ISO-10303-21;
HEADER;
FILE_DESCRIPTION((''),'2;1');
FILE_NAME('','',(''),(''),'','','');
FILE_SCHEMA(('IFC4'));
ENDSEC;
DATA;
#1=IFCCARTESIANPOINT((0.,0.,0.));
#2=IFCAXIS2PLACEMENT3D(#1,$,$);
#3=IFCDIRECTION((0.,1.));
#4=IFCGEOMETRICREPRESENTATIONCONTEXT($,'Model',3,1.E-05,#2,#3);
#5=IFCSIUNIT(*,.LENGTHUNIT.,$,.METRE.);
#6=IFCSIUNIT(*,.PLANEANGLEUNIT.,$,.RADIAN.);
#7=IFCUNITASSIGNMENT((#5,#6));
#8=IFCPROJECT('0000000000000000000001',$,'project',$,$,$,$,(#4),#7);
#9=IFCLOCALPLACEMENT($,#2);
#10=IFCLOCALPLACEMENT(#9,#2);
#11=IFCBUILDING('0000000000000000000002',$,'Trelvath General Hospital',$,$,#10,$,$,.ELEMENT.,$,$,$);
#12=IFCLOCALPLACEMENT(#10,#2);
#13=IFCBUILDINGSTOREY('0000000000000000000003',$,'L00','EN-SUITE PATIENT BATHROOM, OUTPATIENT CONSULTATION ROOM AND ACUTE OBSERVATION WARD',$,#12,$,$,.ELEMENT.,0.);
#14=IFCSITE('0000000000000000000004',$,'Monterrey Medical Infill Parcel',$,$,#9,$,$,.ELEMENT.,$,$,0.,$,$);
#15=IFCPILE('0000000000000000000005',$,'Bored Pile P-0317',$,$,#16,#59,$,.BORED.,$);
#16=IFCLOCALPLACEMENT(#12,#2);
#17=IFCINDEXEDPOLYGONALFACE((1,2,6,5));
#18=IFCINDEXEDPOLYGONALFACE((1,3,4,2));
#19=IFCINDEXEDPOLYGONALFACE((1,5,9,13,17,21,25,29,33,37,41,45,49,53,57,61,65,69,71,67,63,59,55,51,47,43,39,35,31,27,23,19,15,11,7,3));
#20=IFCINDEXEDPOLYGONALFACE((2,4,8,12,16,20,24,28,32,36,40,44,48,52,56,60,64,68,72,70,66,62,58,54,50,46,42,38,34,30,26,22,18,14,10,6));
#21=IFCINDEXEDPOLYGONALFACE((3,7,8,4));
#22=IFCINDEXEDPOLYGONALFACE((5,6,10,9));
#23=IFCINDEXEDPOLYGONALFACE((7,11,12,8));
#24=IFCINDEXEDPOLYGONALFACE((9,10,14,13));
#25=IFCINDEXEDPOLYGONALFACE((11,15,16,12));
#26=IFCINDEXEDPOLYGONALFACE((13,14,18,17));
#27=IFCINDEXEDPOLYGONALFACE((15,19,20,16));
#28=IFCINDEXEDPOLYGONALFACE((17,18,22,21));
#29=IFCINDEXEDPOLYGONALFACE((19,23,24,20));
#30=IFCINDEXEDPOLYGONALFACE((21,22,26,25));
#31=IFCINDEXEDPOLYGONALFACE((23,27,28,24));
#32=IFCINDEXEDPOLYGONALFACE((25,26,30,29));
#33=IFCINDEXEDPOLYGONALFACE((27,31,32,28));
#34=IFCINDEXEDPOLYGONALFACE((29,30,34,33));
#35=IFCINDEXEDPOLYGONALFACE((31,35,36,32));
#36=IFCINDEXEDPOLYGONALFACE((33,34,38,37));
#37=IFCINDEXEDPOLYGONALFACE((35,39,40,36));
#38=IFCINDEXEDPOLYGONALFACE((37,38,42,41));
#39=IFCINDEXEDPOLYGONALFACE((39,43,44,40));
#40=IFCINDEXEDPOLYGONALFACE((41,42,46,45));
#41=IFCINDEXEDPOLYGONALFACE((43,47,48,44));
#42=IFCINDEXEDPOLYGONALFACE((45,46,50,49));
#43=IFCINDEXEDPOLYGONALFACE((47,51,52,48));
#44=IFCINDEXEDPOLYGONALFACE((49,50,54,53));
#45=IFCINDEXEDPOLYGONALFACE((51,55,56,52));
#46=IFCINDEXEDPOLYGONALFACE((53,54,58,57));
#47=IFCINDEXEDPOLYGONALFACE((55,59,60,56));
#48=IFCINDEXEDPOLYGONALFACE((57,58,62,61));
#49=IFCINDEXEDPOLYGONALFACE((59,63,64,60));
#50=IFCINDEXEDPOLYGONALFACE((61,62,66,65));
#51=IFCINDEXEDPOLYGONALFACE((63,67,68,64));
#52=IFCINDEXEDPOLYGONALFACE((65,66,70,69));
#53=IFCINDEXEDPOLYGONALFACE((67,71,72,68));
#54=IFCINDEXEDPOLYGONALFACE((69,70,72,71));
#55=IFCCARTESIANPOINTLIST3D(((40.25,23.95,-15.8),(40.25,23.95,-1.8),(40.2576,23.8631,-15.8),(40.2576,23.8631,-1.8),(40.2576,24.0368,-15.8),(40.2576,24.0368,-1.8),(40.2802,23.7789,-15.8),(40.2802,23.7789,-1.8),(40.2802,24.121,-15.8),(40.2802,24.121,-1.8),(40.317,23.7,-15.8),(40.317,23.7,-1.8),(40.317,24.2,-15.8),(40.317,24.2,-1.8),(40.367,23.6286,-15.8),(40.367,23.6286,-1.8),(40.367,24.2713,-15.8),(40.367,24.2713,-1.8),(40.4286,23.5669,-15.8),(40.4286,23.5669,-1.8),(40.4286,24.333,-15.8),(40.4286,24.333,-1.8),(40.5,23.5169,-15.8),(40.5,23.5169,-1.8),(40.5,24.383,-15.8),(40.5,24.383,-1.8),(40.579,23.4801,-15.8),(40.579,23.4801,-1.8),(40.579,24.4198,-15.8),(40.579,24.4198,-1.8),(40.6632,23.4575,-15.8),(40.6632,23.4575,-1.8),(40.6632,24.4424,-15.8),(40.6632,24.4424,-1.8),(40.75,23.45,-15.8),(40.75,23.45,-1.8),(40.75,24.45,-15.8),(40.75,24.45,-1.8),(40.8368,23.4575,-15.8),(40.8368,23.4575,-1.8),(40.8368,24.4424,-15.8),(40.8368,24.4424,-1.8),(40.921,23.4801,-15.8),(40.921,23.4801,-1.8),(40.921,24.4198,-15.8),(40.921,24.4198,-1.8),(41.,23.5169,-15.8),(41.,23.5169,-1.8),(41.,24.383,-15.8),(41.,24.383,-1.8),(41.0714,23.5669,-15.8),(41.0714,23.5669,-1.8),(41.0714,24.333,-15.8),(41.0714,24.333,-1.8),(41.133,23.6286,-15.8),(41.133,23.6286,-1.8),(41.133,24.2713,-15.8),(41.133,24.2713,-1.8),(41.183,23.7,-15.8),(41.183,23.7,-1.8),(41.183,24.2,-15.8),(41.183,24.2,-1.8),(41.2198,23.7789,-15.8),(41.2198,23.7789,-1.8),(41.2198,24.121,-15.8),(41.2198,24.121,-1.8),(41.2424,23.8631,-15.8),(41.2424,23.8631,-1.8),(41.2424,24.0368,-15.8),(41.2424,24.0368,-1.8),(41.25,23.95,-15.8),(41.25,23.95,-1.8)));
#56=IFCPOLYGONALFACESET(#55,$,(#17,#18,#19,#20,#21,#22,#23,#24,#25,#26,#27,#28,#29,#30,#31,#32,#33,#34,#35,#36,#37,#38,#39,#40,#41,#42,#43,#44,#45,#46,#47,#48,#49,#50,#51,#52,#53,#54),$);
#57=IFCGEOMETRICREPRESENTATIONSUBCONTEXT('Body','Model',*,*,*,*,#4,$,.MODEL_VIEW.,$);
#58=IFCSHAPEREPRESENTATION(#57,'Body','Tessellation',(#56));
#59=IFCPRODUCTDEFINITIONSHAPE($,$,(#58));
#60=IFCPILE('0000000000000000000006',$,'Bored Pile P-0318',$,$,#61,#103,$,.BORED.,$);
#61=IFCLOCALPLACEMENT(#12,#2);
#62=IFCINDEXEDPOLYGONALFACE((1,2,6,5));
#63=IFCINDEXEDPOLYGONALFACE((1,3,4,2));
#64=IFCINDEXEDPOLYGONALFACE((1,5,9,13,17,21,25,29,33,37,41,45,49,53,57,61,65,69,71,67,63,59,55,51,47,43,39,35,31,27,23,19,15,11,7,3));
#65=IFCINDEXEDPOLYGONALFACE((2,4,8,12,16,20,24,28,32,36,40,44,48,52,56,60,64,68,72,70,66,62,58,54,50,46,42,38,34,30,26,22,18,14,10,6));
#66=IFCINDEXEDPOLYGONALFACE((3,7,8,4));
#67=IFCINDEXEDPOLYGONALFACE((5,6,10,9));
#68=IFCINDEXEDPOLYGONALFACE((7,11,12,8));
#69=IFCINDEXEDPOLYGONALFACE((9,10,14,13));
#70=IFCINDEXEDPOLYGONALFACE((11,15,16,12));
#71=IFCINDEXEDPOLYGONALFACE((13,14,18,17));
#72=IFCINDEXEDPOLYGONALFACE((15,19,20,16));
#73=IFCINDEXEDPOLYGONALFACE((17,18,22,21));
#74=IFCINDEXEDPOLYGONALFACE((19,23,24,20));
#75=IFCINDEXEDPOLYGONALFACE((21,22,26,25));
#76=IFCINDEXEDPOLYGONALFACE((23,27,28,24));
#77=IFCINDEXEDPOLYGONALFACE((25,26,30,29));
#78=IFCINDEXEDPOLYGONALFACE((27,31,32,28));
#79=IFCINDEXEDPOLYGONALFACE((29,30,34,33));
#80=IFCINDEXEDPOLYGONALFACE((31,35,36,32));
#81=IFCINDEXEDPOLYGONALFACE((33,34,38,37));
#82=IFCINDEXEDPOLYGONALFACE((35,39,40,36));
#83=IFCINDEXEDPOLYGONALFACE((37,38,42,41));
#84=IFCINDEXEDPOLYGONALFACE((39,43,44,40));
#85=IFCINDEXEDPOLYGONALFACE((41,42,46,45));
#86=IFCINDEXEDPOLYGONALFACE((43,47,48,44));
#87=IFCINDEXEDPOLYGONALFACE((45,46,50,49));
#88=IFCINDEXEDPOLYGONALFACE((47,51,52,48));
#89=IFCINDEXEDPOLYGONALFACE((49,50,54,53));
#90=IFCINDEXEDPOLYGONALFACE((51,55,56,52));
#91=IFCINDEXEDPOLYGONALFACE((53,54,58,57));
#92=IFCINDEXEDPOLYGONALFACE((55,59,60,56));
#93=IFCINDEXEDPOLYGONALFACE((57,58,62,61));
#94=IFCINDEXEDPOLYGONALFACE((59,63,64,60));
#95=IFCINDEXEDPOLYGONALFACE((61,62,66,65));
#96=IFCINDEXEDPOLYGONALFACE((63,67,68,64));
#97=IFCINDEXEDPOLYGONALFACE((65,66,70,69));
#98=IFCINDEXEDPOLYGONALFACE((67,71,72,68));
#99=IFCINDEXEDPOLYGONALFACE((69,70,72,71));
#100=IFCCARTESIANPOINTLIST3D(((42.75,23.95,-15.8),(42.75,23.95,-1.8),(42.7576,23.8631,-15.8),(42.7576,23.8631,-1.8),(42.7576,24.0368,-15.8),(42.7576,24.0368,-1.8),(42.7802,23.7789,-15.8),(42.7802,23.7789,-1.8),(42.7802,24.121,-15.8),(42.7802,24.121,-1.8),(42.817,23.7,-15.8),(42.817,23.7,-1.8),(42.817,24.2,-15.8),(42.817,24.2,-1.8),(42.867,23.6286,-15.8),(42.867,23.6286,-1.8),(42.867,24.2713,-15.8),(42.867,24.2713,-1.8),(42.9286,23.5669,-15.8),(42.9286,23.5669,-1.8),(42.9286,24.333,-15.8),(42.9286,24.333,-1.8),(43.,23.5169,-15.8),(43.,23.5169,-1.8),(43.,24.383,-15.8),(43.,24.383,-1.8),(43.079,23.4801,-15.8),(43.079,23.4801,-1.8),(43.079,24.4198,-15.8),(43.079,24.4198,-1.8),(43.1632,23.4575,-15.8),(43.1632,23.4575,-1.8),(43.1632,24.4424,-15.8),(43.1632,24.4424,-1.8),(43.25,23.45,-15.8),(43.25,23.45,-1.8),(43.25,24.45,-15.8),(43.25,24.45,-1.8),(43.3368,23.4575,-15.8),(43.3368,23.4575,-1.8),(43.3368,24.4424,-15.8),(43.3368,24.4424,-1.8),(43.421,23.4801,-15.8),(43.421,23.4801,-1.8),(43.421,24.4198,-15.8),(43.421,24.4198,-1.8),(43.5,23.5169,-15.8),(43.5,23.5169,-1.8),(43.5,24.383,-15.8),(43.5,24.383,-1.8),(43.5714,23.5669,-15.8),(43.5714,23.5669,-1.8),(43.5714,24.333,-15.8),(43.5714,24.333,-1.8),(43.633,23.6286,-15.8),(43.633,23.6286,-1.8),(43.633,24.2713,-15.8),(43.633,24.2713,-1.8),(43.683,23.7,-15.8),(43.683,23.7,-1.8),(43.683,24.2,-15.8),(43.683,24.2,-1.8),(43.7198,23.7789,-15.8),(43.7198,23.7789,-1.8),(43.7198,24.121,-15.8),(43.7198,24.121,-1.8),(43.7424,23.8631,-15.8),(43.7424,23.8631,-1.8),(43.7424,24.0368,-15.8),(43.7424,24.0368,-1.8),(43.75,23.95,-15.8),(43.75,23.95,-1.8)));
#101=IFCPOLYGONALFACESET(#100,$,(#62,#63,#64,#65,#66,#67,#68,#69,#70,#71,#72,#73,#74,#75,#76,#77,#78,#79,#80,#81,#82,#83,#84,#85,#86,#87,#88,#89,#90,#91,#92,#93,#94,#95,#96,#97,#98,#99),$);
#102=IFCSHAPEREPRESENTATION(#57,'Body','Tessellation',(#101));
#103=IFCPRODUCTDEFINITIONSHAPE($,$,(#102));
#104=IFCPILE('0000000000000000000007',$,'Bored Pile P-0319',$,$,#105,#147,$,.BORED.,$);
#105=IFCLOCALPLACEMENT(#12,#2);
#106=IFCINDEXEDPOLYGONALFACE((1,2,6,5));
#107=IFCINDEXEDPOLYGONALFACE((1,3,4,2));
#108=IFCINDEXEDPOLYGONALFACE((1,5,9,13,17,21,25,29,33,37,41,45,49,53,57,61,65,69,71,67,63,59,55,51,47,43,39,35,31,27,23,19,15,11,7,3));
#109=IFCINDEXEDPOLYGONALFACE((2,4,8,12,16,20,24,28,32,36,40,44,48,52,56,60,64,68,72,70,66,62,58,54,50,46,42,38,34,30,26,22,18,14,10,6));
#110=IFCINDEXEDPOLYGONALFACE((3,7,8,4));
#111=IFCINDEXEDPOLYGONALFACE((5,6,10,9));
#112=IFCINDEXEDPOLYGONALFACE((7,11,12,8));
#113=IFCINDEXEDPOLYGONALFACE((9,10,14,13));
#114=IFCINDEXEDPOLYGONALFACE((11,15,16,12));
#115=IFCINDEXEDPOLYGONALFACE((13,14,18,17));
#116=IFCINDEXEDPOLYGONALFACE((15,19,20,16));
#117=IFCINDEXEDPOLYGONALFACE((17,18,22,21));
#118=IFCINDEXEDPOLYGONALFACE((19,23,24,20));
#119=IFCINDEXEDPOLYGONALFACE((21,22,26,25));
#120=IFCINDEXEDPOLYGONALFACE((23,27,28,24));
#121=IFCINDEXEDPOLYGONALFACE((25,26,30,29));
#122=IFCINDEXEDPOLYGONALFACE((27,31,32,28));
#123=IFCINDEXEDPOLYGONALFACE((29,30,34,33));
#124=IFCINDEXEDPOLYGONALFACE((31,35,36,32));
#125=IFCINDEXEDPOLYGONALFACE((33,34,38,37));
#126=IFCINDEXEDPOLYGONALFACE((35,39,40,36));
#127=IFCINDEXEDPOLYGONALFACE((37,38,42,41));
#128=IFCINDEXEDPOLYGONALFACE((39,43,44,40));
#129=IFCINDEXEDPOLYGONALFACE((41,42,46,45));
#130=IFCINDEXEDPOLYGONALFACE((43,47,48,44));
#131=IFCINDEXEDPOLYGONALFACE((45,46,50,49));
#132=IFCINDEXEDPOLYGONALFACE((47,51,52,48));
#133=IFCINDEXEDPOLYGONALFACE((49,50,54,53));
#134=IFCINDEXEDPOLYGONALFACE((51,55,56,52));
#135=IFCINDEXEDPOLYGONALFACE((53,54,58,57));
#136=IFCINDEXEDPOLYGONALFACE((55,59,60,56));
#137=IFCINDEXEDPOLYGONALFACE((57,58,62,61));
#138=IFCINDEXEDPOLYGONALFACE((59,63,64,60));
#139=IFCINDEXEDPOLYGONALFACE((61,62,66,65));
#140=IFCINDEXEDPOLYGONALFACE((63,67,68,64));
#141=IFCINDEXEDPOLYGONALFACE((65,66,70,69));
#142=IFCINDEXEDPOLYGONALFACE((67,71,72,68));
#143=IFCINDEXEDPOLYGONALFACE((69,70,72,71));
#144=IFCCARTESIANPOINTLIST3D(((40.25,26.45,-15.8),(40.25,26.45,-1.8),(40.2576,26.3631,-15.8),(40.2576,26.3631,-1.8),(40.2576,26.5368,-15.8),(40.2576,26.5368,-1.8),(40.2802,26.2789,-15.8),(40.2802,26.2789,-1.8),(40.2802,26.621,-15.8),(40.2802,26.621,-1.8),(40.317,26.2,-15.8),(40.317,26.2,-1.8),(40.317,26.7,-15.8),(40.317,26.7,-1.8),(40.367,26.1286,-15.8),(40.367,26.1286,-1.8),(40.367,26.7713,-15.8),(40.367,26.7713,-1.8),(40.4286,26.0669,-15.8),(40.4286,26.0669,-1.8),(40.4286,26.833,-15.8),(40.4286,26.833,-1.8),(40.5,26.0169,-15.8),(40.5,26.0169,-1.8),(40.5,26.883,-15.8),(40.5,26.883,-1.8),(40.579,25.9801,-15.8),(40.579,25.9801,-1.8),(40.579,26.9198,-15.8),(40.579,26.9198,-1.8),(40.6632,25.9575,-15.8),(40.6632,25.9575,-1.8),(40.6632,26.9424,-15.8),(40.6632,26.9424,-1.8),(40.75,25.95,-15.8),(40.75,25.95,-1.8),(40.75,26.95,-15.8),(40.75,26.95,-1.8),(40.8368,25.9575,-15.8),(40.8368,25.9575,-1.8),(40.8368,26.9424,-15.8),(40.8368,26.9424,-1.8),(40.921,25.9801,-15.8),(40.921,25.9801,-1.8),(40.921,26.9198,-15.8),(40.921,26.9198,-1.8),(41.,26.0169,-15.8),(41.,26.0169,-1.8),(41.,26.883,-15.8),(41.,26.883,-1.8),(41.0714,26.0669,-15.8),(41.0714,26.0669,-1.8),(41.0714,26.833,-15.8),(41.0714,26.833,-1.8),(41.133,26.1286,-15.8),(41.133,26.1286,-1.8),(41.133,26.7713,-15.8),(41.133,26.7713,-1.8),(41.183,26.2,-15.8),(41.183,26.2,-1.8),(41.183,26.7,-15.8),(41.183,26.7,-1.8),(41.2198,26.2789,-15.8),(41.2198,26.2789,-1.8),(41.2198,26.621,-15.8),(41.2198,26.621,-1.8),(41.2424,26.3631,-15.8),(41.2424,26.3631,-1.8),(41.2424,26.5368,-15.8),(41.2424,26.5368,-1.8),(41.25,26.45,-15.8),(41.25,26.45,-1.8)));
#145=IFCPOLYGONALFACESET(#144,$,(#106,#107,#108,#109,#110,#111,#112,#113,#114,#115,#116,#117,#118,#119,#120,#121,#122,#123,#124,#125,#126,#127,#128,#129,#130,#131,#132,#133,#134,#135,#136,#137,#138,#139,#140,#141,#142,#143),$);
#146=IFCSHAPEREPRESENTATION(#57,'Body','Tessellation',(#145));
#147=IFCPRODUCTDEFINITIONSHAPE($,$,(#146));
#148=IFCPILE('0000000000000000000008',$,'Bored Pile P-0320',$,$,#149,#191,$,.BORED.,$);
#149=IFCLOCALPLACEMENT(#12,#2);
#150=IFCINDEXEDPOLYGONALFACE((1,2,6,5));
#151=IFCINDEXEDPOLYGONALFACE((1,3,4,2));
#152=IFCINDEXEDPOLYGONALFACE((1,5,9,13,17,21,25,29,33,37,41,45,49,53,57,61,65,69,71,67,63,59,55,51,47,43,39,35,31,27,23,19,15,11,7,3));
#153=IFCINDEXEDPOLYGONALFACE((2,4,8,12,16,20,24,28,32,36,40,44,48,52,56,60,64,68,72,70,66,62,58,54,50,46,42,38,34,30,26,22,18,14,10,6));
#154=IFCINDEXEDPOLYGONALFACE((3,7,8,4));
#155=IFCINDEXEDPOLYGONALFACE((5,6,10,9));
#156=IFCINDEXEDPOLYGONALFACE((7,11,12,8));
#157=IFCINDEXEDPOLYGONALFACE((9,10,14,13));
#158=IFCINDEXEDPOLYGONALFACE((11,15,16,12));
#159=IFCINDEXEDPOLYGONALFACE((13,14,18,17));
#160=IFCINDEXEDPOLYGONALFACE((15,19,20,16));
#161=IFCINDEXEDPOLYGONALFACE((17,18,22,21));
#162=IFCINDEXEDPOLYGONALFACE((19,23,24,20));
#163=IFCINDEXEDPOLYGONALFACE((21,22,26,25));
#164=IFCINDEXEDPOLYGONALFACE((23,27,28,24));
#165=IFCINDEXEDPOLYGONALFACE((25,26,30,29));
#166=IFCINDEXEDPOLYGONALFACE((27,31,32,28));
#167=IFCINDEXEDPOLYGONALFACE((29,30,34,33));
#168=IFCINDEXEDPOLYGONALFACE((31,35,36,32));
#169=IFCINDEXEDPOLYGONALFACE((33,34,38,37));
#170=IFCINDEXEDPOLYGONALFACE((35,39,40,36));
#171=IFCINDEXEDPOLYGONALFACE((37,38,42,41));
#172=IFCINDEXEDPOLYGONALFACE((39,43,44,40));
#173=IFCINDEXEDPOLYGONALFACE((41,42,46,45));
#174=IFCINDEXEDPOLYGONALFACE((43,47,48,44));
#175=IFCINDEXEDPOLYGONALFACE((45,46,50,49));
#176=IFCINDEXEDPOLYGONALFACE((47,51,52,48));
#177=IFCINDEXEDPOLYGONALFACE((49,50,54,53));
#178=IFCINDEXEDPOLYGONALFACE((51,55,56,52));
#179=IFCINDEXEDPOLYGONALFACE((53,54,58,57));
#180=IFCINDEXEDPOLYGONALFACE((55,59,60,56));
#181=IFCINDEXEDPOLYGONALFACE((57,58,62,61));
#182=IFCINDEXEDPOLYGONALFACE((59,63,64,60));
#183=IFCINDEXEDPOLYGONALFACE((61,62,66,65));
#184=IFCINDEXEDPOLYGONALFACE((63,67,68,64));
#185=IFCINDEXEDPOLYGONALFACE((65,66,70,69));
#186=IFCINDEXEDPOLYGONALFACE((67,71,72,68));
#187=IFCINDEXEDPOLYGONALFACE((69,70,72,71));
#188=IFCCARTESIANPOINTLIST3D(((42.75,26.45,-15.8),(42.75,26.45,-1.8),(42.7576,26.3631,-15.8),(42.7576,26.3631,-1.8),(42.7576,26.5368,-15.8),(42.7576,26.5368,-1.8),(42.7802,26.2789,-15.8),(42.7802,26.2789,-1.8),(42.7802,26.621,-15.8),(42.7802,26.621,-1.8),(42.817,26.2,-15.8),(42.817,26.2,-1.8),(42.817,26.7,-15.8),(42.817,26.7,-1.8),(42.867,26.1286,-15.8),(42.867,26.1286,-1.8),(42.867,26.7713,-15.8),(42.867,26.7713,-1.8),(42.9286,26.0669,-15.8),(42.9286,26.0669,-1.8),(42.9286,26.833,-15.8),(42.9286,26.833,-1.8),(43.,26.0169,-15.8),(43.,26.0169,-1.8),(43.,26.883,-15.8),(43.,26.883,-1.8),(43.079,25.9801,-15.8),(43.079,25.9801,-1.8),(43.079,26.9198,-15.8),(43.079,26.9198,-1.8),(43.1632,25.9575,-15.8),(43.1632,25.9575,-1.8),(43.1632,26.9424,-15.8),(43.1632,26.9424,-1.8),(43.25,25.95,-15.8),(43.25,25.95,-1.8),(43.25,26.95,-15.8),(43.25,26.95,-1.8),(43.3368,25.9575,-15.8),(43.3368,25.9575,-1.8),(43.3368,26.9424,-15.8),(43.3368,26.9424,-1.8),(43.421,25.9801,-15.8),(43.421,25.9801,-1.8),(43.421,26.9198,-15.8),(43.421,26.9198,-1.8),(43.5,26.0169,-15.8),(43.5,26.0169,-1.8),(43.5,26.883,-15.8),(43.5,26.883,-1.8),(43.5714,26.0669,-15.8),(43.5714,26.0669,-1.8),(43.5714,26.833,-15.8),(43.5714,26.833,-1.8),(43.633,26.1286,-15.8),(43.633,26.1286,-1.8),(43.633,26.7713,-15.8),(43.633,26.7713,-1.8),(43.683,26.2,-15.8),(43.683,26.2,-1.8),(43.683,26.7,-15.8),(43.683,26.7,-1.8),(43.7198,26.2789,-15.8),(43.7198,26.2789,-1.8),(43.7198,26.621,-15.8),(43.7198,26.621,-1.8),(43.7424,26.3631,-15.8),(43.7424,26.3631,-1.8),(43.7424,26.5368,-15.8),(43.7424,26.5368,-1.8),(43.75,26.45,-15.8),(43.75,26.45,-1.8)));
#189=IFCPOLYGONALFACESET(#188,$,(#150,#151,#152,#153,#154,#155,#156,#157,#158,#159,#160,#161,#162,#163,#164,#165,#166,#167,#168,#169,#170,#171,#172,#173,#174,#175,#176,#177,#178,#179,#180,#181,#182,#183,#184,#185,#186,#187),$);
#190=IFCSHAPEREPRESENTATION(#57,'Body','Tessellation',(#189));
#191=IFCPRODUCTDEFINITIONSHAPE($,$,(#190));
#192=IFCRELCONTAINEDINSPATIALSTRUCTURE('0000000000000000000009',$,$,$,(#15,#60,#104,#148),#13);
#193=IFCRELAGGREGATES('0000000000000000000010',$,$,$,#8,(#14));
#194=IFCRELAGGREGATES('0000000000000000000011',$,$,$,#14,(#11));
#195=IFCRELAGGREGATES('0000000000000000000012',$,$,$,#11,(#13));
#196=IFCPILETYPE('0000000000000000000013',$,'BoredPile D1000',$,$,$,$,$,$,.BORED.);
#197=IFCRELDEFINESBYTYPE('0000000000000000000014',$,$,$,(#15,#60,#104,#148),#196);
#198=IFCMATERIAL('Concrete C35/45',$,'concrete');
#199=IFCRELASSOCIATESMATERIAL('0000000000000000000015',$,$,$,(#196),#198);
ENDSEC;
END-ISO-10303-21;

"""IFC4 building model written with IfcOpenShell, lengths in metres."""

from ifc_helpers import new_model, si_unit, direction, frame, origin, origin_2d, place, context, subcontext, project, spatial, circle, extrude, material, material_profile, profile_set, type_object, element, save


model = new_model("IFC4")

# Units and contexts
model_context = context("Model", 3, precision=1e-05, world=origin(), true_north=direction((0.0, 1.0)))
body_context = subcontext(model_context, "Body", "Model", "MODEL_VIEW")
ifc_project = project(units=[si_unit("LENGTHUNIT", "METRE"), si_unit("PLANEANGLEUNIT", "RADIAN")], contexts=[model_context])

# Site, building, storey
site_placement = place(None, origin())
site = spatial("IfcSite", under=ifc_project, at=site_placement, Name="Monterrey Medical Infill Parcel", CompositionType="ELEMENT", RefElevation=0.0)
building_placement = place(site_placement, origin())
building = spatial("IfcBuilding", under=site, at=building_placement, Name="Trelvath General Hospital", CompositionType="ELEMENT")
storey_placement = place(building_placement, origin())
storey = spatial("IfcBuildingStorey", under=building, at=storey_placement, Name="L00", Description="EN-SUITE PATIENT BATHROOM, OUTPATIENT CONSULTATION ROOM AND ACUTE OBSERVATION WARD", CompositionType="ELEMENT", Elevation=0.0)

# Piles
ifc_material_1 = material(Name="Concrete C35/45", Category="concrete")
ifc_material_profile_1 = material_profile(ifc_material_1, circle(Radius=0.5, at=origin_2d()), Name="PILE1000")
ifc_profile_set_1 = profile_set([ifc_material_profile_1], Name="Concrete C35/45")
pile_type_1 = type_object("IfcPileType", Name="BoredPile D1000", PredefinedType="BORED", material=ifc_profile_set_1)
for number, where, z_axis, x_axis, name in (
    (1, (40.75, 23.95, -1.8), (0.0, 0.0, -1.0), (1.0, 0.0, 0.0), "Bored Pile P-0317"),
    (2, (43.25, 23.95, -1.8), (0.0, 0.0, -1.0), (1.0, 0.0, 0.0), "Bored Pile P-0318"),
    (3, (40.75, 26.45, -1.8), (0.0, 0.0, -1.0), (1.0, 0.0, 0.0), "Bored Pile P-0319"),
    (4, (43.25, 26.45, -1.8), (0.0, 0.0, -1.0), (1.0, 0.0, 0.0), "Bored Pile P-0320"),
):
    element("IfcPile", number, at=place(storey_placement, frame(where, z_axis=z_axis, x_axis=x_axis)), inside=storey, type_object=pile_type_1, Name=name, PredefinedType="BORED", context=body_context, shape_type="SweptSolid", body=[
        extrude(circle(Radius=0.5, at=origin_2d()), origin(), (0.0, 0.0, 1.0), 14.0),
    ])

save(model, "model.ifc")
